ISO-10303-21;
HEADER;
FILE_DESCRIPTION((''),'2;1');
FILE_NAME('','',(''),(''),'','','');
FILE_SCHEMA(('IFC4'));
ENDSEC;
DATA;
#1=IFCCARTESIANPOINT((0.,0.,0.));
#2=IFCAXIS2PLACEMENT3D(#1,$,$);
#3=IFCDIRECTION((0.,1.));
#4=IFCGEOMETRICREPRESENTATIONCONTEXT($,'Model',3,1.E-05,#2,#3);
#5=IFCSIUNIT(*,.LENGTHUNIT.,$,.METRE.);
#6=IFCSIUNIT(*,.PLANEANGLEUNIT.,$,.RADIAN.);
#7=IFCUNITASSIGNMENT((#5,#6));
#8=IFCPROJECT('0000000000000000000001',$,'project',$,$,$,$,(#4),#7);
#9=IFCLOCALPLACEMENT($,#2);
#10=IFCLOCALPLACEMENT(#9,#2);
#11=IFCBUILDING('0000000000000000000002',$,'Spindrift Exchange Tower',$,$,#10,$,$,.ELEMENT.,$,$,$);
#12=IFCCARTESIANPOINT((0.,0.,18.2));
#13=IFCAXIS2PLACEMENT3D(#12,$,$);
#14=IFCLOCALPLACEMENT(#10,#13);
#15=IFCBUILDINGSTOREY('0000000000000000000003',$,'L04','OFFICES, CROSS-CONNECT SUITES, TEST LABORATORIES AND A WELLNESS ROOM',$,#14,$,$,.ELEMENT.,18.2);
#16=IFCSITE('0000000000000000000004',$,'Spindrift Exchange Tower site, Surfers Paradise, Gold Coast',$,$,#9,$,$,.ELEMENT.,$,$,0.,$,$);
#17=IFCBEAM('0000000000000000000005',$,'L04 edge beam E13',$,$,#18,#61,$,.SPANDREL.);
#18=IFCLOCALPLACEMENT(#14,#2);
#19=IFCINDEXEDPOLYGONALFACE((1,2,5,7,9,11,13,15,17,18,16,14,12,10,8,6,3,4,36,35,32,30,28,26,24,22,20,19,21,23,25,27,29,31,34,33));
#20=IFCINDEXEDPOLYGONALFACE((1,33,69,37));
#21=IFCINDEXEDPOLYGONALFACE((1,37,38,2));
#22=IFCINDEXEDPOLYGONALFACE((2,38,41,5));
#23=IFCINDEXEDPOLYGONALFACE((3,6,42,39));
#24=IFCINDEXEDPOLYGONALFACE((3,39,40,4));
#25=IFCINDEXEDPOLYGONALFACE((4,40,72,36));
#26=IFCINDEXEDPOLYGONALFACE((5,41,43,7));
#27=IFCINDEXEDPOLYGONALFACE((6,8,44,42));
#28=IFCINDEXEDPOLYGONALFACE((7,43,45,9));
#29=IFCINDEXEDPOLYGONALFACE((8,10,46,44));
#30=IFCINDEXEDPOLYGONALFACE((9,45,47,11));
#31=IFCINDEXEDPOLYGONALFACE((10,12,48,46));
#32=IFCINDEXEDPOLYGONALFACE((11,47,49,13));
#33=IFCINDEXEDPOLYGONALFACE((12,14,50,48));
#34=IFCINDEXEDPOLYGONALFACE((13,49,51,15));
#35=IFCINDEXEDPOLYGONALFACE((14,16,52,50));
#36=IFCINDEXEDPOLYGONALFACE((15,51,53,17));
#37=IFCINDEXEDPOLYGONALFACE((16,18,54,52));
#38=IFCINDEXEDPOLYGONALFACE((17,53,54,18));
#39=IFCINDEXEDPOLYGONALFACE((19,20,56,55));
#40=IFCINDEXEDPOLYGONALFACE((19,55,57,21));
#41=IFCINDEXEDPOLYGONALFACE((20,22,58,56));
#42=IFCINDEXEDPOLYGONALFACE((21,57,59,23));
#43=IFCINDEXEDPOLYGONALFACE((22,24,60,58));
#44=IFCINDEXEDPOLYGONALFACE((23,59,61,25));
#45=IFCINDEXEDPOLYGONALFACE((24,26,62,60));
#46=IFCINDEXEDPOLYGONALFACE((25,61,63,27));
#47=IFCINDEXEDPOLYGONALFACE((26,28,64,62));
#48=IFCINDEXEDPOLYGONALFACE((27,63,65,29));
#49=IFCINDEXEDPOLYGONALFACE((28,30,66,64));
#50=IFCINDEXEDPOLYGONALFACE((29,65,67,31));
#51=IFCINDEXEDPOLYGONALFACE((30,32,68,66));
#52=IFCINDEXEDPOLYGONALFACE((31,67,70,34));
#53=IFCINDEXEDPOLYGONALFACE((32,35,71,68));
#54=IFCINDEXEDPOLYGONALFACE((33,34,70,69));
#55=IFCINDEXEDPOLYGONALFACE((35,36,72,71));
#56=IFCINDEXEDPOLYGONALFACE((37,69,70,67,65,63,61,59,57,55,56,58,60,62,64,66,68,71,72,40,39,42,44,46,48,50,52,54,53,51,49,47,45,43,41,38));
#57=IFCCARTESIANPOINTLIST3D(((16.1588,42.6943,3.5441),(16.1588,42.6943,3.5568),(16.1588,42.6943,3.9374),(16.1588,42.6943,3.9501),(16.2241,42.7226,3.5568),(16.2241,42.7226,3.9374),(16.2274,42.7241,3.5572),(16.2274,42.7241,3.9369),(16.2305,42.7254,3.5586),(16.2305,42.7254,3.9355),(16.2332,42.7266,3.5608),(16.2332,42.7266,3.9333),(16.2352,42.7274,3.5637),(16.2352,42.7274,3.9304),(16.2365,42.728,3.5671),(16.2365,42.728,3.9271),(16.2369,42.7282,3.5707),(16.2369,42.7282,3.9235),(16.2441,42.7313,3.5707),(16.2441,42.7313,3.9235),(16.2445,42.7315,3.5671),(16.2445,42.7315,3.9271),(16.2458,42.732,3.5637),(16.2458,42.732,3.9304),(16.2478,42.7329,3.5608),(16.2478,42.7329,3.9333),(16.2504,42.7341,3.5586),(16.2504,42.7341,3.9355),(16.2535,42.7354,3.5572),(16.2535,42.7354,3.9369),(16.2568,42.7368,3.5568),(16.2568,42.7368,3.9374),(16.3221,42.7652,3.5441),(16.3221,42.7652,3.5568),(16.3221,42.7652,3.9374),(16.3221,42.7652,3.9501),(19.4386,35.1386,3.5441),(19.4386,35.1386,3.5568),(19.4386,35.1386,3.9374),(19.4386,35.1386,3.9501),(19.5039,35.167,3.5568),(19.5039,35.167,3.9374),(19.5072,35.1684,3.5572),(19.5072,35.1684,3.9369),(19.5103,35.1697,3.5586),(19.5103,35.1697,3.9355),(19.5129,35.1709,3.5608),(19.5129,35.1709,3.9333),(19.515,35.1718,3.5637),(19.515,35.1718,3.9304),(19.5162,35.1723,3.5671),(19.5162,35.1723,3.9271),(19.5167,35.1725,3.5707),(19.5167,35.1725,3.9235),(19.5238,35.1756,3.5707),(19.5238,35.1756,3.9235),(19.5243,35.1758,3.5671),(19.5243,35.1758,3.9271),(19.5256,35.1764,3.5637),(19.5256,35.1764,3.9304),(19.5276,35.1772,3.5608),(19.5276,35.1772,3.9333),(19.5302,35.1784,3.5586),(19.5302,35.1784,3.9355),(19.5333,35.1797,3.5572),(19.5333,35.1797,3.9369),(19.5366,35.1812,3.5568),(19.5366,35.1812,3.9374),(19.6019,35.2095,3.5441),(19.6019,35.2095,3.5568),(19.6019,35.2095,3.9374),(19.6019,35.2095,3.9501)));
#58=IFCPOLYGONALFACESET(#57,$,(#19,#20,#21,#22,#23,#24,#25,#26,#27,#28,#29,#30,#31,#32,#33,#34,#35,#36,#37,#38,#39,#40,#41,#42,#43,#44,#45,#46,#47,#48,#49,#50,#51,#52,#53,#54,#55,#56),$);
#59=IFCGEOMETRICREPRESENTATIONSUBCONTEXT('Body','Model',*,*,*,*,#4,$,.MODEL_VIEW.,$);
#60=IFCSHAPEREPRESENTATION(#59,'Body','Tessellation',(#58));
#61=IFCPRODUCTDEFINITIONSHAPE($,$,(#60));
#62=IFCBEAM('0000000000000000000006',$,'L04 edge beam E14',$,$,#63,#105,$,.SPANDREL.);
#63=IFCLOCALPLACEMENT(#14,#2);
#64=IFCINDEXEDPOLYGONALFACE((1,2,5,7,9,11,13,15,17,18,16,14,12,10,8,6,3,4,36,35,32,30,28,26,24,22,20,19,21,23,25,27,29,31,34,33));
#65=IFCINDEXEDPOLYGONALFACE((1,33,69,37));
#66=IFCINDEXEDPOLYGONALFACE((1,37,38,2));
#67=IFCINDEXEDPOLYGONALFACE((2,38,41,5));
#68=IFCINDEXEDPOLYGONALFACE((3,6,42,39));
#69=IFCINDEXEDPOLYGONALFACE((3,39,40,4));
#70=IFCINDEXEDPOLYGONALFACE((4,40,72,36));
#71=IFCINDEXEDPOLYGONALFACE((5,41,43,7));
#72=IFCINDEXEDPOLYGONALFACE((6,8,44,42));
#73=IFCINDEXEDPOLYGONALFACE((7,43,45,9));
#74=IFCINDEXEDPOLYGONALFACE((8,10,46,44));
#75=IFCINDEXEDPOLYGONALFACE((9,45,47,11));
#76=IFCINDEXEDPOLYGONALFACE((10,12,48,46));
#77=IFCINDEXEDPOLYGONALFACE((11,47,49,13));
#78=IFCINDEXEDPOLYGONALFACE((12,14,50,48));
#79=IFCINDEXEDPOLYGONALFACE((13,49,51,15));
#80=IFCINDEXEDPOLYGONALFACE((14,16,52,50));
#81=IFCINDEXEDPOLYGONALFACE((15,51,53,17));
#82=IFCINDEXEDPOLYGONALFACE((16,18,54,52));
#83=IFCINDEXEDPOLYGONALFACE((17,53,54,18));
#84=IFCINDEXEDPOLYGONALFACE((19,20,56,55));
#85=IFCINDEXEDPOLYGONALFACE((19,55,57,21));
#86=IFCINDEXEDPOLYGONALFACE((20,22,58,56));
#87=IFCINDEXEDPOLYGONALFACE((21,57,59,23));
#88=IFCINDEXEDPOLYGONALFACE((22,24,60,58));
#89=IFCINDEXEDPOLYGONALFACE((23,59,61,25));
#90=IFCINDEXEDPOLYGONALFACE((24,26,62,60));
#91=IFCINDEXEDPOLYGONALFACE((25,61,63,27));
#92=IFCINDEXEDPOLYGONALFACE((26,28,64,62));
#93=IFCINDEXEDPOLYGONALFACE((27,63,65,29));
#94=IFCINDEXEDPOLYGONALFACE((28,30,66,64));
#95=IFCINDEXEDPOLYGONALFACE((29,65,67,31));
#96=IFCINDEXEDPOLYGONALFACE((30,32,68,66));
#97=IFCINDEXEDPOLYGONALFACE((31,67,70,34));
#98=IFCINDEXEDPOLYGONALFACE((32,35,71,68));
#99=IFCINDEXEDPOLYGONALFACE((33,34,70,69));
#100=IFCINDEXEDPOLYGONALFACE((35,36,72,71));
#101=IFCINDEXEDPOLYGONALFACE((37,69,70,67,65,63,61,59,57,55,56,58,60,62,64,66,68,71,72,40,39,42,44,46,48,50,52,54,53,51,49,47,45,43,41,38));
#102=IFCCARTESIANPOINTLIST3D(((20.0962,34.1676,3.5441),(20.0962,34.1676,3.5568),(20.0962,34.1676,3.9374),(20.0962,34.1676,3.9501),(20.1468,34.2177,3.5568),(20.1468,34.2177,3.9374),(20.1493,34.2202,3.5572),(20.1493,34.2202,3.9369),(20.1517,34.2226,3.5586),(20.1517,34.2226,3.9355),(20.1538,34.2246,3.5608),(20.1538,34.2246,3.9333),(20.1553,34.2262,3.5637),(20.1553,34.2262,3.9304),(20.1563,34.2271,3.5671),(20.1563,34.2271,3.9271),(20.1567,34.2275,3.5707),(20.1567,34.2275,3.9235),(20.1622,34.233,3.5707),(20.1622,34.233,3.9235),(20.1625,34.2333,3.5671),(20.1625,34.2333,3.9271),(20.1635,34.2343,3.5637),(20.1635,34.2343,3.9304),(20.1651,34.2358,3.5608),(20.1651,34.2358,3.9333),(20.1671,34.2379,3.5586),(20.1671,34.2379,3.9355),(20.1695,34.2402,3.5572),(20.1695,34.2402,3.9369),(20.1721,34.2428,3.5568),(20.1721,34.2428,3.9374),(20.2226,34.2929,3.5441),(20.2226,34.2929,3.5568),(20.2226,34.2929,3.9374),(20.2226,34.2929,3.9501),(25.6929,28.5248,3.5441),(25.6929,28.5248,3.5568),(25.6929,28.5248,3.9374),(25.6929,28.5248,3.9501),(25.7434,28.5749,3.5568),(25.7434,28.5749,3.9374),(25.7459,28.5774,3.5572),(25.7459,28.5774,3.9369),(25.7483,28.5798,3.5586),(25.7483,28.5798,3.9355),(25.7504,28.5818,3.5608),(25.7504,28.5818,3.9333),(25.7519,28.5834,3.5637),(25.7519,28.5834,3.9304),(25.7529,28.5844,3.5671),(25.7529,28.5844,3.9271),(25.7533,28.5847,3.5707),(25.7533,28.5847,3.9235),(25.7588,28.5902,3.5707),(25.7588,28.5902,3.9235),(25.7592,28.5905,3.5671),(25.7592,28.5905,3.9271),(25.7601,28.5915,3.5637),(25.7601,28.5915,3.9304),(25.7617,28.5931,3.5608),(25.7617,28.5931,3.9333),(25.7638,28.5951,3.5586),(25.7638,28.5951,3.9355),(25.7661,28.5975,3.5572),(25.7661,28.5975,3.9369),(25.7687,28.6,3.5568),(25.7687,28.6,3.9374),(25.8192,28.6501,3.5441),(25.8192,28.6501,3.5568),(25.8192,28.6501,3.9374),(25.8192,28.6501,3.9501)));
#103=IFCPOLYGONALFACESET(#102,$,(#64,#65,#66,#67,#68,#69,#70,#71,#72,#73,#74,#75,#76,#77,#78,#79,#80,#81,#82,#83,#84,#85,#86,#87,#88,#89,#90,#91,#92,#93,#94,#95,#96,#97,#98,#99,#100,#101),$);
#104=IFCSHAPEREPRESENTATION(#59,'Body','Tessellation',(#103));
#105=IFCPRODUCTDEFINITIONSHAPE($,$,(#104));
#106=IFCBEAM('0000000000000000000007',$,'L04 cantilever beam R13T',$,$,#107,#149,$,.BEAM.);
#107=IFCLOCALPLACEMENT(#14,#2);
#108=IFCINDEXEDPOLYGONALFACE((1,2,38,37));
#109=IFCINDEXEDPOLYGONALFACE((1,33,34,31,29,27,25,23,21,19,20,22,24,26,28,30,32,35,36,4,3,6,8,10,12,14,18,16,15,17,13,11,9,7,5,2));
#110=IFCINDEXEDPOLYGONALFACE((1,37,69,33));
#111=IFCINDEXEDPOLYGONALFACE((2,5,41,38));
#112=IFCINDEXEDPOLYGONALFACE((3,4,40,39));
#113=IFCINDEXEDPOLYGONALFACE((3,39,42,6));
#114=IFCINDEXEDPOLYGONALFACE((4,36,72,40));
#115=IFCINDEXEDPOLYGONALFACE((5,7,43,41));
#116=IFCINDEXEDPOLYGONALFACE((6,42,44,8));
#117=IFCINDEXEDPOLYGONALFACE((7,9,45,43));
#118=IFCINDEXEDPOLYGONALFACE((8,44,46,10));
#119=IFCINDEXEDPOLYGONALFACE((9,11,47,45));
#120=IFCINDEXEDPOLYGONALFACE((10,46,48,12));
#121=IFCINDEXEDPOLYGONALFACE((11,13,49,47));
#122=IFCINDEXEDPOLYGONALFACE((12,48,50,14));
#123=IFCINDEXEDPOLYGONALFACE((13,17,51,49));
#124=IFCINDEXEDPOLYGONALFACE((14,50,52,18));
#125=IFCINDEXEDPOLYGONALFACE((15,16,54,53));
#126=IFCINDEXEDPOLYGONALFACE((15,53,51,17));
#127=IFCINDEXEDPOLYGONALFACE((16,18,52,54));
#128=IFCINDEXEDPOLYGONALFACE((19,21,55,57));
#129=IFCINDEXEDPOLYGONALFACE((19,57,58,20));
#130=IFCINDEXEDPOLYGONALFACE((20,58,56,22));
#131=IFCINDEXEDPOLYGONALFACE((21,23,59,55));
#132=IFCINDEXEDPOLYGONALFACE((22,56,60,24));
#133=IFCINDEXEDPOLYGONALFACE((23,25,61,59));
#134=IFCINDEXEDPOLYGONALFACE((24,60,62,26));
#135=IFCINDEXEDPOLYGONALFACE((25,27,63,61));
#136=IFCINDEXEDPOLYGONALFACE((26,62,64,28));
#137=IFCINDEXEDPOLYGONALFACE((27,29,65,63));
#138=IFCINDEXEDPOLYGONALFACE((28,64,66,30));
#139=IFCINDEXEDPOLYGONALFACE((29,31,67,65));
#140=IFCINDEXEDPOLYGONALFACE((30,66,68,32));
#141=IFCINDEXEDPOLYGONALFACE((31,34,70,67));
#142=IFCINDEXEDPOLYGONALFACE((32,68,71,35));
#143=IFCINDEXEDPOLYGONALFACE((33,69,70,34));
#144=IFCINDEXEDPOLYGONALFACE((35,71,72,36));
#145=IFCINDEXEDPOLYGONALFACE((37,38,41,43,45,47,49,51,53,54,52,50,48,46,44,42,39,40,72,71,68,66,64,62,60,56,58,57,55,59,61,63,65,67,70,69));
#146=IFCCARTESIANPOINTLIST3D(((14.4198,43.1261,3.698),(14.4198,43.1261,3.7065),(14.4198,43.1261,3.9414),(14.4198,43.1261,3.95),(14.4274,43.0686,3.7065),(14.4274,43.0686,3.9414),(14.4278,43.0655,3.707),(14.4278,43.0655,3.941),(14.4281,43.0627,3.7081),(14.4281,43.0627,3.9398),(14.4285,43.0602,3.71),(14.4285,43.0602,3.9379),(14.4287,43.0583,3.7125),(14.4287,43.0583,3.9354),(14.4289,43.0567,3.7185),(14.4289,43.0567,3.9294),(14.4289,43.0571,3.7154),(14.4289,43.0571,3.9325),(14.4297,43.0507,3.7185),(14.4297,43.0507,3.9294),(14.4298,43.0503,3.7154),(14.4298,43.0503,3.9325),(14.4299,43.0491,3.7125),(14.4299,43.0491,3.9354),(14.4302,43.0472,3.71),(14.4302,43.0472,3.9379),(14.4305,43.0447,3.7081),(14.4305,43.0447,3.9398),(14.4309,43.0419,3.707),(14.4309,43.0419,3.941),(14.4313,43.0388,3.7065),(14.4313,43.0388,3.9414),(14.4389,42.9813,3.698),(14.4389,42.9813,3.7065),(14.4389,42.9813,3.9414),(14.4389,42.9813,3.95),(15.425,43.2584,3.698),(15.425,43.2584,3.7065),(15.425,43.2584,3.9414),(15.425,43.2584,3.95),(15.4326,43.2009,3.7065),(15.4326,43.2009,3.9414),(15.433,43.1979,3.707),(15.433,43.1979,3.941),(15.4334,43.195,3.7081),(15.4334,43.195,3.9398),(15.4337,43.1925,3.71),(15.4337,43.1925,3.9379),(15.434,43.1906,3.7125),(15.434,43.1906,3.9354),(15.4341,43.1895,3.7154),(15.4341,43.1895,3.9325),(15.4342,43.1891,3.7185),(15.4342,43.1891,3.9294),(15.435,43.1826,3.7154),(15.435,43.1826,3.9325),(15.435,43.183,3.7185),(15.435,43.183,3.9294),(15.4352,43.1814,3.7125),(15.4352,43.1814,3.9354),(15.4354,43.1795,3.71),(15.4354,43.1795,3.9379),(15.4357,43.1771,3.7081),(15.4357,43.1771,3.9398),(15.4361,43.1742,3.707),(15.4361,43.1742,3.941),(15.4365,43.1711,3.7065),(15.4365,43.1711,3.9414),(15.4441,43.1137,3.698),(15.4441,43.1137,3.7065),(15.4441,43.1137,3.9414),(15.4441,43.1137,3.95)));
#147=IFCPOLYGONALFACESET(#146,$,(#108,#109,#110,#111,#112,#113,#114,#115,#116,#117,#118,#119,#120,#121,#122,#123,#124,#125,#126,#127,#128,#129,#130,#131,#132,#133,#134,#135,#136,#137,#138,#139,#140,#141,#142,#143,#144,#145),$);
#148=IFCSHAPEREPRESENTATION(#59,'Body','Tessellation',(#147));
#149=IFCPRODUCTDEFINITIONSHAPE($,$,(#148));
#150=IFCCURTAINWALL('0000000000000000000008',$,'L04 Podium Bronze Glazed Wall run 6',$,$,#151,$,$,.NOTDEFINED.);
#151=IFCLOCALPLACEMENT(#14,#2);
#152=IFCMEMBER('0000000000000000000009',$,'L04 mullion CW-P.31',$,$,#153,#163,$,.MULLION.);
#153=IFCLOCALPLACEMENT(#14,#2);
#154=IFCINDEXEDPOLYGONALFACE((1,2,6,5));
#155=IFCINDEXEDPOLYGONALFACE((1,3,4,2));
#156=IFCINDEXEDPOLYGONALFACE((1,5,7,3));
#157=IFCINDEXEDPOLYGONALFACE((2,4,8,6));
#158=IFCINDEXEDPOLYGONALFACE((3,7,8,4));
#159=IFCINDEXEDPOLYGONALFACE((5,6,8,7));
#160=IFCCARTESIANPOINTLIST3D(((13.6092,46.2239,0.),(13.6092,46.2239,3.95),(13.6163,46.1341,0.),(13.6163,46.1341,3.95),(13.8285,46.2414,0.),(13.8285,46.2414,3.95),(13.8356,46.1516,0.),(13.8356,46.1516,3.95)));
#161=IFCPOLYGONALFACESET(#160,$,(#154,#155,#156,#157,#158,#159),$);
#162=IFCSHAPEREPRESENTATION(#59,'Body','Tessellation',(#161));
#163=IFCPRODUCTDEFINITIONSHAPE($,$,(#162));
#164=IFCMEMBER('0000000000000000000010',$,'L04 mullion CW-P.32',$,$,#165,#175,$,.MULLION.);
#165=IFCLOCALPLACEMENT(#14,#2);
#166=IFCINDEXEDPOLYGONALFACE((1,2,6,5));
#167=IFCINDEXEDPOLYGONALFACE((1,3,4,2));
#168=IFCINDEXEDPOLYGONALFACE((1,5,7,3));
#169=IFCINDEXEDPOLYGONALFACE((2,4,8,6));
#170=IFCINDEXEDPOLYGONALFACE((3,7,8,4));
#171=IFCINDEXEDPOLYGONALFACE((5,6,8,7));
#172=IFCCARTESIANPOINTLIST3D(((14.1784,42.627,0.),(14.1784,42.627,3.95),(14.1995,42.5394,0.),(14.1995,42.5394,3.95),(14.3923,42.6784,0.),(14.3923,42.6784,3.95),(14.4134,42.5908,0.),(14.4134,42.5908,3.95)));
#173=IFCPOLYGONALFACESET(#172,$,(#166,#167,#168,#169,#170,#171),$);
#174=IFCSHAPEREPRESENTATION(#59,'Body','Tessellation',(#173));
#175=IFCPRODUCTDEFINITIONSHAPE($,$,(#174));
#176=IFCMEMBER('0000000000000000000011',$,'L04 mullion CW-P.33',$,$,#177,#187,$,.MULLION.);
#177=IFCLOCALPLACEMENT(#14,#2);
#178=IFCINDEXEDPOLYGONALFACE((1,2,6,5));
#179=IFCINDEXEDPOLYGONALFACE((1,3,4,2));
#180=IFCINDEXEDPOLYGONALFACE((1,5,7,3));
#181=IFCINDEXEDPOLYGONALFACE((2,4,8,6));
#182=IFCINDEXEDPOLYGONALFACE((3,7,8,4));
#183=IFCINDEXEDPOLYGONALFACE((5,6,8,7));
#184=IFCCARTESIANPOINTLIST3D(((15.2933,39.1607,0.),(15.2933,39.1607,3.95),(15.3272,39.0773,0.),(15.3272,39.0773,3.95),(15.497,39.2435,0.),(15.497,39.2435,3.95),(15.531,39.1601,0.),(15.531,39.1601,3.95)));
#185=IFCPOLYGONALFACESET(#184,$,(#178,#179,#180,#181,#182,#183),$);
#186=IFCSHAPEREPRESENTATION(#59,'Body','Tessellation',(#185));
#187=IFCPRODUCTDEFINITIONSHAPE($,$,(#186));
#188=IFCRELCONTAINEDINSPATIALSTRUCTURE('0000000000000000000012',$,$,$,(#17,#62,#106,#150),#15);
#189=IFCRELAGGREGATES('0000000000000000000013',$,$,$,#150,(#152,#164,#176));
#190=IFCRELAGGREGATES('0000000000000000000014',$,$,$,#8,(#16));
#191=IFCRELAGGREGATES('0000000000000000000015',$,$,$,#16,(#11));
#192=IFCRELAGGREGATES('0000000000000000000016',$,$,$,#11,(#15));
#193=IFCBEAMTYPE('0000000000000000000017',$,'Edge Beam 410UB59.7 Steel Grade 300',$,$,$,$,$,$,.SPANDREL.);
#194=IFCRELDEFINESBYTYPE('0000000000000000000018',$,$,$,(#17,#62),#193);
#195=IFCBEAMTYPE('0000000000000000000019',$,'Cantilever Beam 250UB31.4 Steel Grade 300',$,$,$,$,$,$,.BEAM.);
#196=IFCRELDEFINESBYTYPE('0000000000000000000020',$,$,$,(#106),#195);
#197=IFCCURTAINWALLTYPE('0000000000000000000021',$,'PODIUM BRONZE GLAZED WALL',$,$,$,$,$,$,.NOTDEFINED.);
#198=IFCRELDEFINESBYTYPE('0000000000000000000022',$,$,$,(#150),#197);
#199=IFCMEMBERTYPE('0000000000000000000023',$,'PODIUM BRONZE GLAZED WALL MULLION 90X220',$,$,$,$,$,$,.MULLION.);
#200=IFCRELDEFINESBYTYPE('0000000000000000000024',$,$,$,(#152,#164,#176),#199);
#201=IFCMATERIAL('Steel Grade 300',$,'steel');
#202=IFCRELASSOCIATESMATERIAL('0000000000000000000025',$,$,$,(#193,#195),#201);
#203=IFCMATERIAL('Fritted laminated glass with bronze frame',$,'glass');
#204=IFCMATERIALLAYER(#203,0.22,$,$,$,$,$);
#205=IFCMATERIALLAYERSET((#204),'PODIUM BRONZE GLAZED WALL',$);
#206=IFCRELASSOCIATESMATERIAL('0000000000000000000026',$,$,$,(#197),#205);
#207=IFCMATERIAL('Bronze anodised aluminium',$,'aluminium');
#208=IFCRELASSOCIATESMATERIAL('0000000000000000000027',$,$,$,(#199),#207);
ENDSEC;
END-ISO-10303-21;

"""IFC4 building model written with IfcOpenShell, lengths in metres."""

from ifc_helpers import new_model, si_unit, direction, frame, origin, origin_2d, place, context, subcontext, project, spatial, rectangle, i_section, extrude, source, transform, mapped, material, layer, layer_set, material_profile, profile_set, type_object, element, aggregate, save


model = new_model("IFC4")

# Units and contexts
model_context = context("Model", 3, precision=1e-05, world=origin(), true_north=direction((0.0, 1.0)))
body_context = subcontext(model_context, "Body", "Model", "MODEL_VIEW")
ifc_project = project(units=[si_unit("LENGTHUNIT", "METRE"), si_unit("PLANEANGLEUNIT", "RADIAN")], contexts=[model_context])

# Site, building, storey
site_placement = place(None, origin())
site = spatial("IfcSite", under=ifc_project, at=site_placement, Name="Spindrift Exchange Tower site, Surfers Paradise, Gold Coast", CompositionType="ELEMENT", RefElevation=0.0)
building_placement = place(site_placement, origin())
building = spatial("IfcBuilding", under=site, at=building_placement, Name="Spindrift Exchange Tower", CompositionType="ELEMENT")
storey_placement = place(building_placement, frame((0.0, 0.0, 18.2)))
storey = spatial("IfcBuildingStorey", under=building, at=storey_placement, Name="L04", Description="OFFICES, CROSS-CONNECT SUITES, TEST LABORATORIES AND A WELLNESS ROOM", CompositionType="ELEMENT", Elevation=18.2)

# Beams
ifc_material_1 = material(Name="Steel Grade 300", Category="steel")
ifc_material_profile_1 = material_profile(ifc_material_1, i_section(OverallWidth=0.178, OverallDepth=0.406, WebThickness=0.0078, FlangeThickness=0.0127, FilletRadius=0.0139, at=origin_2d()), Name="410UB59.7")
ifc_profile_set_1 = profile_set([ifc_material_profile_1], Name="Steel Grade 300")
beam_type_1 = type_object("IfcBeamType", Name="Edge Beam 410UB59.7 Steel Grade 300", PredefinedType="SPANDREL", material=ifc_profile_set_1)
shared_shape_1 = source(origin(), body_context, "Body", "SweptSolid", [
    extrude(i_section(OverallWidth=0.178, OverallDepth=0.406, WebThickness=0.0078, FlangeThickness=0.0127, FilletRadius=0.0139, at=origin_2d()), origin(), (0.0, 0.0, 1.0), 8.2368),
])
beam_1_placement = place(storey_placement, frame((16.2405, 42.7297, 3.7471), z_axis=(0.398186, -0.917305, 0.0), x_axis=(0.917305, 0.398186, 0.0)))
element("IfcBeam", 1, at=beam_1_placement, inside=storey, type_object=beam_type_1, Name="L04 edge beam E13", PredefinedType="SPANDREL", context=body_context, shape_type="MappedRepresentation", body=[
    mapped(shared_shape_1, transform((0.0, 0.0, 0.0), scale=1.0)),
])
shared_shape_2 = source(origin(), body_context, "Body", "SweptSolid", [
    extrude(i_section(OverallWidth=0.178, OverallDepth=0.406, WebThickness=0.0078, FlangeThickness=0.0127, FilletRadius=0.0139, at=origin_2d()), origin(), (0.0, 0.0, 1.0), 7.9475),
])
beam_2_placement = place(storey_placement, frame((20.1594, 34.2302, 3.7471), z_axis=(0.704198, -0.710004, 0.0), x_axis=(0.710004, 0.704198, 0.0)))
element("IfcBeam", 2, at=beam_2_placement, inside=storey, type_object=beam_type_1, Name="L04 edge beam E14", PredefinedType="SPANDREL", context=body_context, shape_type="MappedRepresentation", body=[
    mapped(shared_shape_2, transform((0.0, 0.0, 0.0), scale=1.0)),
])
ifc_material_profile_2 = material_profile(ifc_material_1, i_section(OverallWidth=0.146, OverallDepth=0.252, WebThickness=0.0061, FlangeThickness=0.0085, FilletRadius=0.012, at=origin_2d()), Name="250UB31.4")
ifc_profile_set_2 = profile_set([ifc_material_profile_2], Name="Steel Grade 300")
beam_type_2 = type_object("IfcBeamType", Name="Cantilever Beam 250UB31.4 Steel Grade 300", PredefinedType="BEAM", material=ifc_profile_set_2)
shared_shape_3 = source(origin(), body_context, "Body", "SweptSolid", [
    extrude(i_section(OverallWidth=0.146, OverallDepth=0.252, WebThickness=0.0061, FlangeThickness=0.0085, FilletRadius=0.012, at=origin_2d()), origin(), (0.0, 0.0, 1.0), 1.0139),
])
beam_3_placement = place(storey_placement, frame((15.4346, 43.186, 3.824), z_axis=(-0.991445, -0.130523, 0.0), x_axis=(0.130523, -0.991445, 0.0)))
element("IfcBeam", 3, at=beam_3_placement, inside=storey, type_object=beam_type_2, Name="L04 cantilever beam R13T", PredefinedType="BEAM", context=body_context, shape_type="MappedRepresentation", body=[
    mapped(shared_shape_3, transform((0.0, 0.0, 0.0), scale=1.0)),
])

# Curtain wall, members
ifc_material_2 = material(Name="Fritted laminated glass with bronze frame", Category="glass")
ifc_layer_1 = layer(ifc_material_2, 0.22)
ifc_layer_set_1 = layer_set([ifc_layer_1], Name="PODIUM BRONZE GLAZED WALL")
curtain_wall_type = type_object("IfcCurtainWallType", Name="PODIUM BRONZE GLAZED WALL", PredefinedType="NOTDEFINED", material=ifc_layer_set_1)
curtain_wall_placement = place(storey_placement, origin())
curtain_wall = element("IfcCurtainWall", 4, at=curtain_wall_placement, inside=storey, type_object=curtain_wall_type, Name="L04 Podium Bronze Glazed Wall run 6", PredefinedType="NOTDEFINED")
ifc_material_3 = material(Name="Bronze anodised aluminium", Category="aluminium")
ifc_material_profile_3 = material_profile(ifc_material_3, rectangle(XDim=0.0901, YDim=0.22, at=origin_2d()), Name="PODIUM BRONZE GLAZED WALL MULLION 90X220")
ifc_profile_set_3 = profile_set([ifc_material_profile_3], Name="Bronze anodised aluminium")
member_type_1 = type_object("IfcMemberType", Name="PODIUM BRONZE GLAZED WALL MULLION 90X220", PredefinedType="MULLION", material=ifc_profile_set_3)
shared_shape_4 = source(origin(), body_context, "Body", "SweptSolid", [
    extrude(rectangle(XDim=0.0901, YDim=0.22, at=origin_2d()), origin(), (0.0, 0.0, 1.0), 3.95),
])
member_1_placement = place(storey_placement, frame((13.7224, 46.1877, 0.0), z_axis=(0.0, 0.0, 1.0), x_axis=(0.079352, -0.996847, 0.0)))
member_1 = element("IfcMember", 5, at=member_1_placement, type_object=member_type_1, Name="L04 mullion CW-P.31", PredefinedType="MULLION", context=body_context, shape_type="MappedRepresentation", body=[
    mapped(shared_shape_4, transform((0.0, 0.0, 0.0), scale=1.0)),
])
member_2_placement = place(storey_placement, frame((14.2959, 42.6089, 0.0), z_axis=(0.0, 0.0, 1.0), x_axis=(0.233791, -0.972287, 0.0)))
member_2 = element("IfcMember", 6, at=member_2_placement, type_object=member_type_1, Name="L04 mullion CW-P.32", PredefinedType="MULLION", context=body_context, shape_type="MappedRepresentation", body=[
    mapped(shared_shape_4, transform((0.0, 0.0, 0.0), scale=1.0)),
])
member_3_placement = place(storey_placement, frame((15.4121, 39.1604, 0.0), z_axis=(0.0, 0.0, 1.0), x_axis=(0.376527, -0.926406, 0.0)))
member_3 = element("IfcMember", 7, at=member_3_placement, type_object=member_type_1, Name="L04 mullion CW-P.33", PredefinedType="MULLION", context=body_context, shape_type="MappedRepresentation", body=[
    mapped(shared_shape_4, transform((0.0, 0.0, 0.0), scale=1.0)),
])
aggregate(curtain_wall, [member_1, member_2, member_3])

save(model, "model.ifc")
